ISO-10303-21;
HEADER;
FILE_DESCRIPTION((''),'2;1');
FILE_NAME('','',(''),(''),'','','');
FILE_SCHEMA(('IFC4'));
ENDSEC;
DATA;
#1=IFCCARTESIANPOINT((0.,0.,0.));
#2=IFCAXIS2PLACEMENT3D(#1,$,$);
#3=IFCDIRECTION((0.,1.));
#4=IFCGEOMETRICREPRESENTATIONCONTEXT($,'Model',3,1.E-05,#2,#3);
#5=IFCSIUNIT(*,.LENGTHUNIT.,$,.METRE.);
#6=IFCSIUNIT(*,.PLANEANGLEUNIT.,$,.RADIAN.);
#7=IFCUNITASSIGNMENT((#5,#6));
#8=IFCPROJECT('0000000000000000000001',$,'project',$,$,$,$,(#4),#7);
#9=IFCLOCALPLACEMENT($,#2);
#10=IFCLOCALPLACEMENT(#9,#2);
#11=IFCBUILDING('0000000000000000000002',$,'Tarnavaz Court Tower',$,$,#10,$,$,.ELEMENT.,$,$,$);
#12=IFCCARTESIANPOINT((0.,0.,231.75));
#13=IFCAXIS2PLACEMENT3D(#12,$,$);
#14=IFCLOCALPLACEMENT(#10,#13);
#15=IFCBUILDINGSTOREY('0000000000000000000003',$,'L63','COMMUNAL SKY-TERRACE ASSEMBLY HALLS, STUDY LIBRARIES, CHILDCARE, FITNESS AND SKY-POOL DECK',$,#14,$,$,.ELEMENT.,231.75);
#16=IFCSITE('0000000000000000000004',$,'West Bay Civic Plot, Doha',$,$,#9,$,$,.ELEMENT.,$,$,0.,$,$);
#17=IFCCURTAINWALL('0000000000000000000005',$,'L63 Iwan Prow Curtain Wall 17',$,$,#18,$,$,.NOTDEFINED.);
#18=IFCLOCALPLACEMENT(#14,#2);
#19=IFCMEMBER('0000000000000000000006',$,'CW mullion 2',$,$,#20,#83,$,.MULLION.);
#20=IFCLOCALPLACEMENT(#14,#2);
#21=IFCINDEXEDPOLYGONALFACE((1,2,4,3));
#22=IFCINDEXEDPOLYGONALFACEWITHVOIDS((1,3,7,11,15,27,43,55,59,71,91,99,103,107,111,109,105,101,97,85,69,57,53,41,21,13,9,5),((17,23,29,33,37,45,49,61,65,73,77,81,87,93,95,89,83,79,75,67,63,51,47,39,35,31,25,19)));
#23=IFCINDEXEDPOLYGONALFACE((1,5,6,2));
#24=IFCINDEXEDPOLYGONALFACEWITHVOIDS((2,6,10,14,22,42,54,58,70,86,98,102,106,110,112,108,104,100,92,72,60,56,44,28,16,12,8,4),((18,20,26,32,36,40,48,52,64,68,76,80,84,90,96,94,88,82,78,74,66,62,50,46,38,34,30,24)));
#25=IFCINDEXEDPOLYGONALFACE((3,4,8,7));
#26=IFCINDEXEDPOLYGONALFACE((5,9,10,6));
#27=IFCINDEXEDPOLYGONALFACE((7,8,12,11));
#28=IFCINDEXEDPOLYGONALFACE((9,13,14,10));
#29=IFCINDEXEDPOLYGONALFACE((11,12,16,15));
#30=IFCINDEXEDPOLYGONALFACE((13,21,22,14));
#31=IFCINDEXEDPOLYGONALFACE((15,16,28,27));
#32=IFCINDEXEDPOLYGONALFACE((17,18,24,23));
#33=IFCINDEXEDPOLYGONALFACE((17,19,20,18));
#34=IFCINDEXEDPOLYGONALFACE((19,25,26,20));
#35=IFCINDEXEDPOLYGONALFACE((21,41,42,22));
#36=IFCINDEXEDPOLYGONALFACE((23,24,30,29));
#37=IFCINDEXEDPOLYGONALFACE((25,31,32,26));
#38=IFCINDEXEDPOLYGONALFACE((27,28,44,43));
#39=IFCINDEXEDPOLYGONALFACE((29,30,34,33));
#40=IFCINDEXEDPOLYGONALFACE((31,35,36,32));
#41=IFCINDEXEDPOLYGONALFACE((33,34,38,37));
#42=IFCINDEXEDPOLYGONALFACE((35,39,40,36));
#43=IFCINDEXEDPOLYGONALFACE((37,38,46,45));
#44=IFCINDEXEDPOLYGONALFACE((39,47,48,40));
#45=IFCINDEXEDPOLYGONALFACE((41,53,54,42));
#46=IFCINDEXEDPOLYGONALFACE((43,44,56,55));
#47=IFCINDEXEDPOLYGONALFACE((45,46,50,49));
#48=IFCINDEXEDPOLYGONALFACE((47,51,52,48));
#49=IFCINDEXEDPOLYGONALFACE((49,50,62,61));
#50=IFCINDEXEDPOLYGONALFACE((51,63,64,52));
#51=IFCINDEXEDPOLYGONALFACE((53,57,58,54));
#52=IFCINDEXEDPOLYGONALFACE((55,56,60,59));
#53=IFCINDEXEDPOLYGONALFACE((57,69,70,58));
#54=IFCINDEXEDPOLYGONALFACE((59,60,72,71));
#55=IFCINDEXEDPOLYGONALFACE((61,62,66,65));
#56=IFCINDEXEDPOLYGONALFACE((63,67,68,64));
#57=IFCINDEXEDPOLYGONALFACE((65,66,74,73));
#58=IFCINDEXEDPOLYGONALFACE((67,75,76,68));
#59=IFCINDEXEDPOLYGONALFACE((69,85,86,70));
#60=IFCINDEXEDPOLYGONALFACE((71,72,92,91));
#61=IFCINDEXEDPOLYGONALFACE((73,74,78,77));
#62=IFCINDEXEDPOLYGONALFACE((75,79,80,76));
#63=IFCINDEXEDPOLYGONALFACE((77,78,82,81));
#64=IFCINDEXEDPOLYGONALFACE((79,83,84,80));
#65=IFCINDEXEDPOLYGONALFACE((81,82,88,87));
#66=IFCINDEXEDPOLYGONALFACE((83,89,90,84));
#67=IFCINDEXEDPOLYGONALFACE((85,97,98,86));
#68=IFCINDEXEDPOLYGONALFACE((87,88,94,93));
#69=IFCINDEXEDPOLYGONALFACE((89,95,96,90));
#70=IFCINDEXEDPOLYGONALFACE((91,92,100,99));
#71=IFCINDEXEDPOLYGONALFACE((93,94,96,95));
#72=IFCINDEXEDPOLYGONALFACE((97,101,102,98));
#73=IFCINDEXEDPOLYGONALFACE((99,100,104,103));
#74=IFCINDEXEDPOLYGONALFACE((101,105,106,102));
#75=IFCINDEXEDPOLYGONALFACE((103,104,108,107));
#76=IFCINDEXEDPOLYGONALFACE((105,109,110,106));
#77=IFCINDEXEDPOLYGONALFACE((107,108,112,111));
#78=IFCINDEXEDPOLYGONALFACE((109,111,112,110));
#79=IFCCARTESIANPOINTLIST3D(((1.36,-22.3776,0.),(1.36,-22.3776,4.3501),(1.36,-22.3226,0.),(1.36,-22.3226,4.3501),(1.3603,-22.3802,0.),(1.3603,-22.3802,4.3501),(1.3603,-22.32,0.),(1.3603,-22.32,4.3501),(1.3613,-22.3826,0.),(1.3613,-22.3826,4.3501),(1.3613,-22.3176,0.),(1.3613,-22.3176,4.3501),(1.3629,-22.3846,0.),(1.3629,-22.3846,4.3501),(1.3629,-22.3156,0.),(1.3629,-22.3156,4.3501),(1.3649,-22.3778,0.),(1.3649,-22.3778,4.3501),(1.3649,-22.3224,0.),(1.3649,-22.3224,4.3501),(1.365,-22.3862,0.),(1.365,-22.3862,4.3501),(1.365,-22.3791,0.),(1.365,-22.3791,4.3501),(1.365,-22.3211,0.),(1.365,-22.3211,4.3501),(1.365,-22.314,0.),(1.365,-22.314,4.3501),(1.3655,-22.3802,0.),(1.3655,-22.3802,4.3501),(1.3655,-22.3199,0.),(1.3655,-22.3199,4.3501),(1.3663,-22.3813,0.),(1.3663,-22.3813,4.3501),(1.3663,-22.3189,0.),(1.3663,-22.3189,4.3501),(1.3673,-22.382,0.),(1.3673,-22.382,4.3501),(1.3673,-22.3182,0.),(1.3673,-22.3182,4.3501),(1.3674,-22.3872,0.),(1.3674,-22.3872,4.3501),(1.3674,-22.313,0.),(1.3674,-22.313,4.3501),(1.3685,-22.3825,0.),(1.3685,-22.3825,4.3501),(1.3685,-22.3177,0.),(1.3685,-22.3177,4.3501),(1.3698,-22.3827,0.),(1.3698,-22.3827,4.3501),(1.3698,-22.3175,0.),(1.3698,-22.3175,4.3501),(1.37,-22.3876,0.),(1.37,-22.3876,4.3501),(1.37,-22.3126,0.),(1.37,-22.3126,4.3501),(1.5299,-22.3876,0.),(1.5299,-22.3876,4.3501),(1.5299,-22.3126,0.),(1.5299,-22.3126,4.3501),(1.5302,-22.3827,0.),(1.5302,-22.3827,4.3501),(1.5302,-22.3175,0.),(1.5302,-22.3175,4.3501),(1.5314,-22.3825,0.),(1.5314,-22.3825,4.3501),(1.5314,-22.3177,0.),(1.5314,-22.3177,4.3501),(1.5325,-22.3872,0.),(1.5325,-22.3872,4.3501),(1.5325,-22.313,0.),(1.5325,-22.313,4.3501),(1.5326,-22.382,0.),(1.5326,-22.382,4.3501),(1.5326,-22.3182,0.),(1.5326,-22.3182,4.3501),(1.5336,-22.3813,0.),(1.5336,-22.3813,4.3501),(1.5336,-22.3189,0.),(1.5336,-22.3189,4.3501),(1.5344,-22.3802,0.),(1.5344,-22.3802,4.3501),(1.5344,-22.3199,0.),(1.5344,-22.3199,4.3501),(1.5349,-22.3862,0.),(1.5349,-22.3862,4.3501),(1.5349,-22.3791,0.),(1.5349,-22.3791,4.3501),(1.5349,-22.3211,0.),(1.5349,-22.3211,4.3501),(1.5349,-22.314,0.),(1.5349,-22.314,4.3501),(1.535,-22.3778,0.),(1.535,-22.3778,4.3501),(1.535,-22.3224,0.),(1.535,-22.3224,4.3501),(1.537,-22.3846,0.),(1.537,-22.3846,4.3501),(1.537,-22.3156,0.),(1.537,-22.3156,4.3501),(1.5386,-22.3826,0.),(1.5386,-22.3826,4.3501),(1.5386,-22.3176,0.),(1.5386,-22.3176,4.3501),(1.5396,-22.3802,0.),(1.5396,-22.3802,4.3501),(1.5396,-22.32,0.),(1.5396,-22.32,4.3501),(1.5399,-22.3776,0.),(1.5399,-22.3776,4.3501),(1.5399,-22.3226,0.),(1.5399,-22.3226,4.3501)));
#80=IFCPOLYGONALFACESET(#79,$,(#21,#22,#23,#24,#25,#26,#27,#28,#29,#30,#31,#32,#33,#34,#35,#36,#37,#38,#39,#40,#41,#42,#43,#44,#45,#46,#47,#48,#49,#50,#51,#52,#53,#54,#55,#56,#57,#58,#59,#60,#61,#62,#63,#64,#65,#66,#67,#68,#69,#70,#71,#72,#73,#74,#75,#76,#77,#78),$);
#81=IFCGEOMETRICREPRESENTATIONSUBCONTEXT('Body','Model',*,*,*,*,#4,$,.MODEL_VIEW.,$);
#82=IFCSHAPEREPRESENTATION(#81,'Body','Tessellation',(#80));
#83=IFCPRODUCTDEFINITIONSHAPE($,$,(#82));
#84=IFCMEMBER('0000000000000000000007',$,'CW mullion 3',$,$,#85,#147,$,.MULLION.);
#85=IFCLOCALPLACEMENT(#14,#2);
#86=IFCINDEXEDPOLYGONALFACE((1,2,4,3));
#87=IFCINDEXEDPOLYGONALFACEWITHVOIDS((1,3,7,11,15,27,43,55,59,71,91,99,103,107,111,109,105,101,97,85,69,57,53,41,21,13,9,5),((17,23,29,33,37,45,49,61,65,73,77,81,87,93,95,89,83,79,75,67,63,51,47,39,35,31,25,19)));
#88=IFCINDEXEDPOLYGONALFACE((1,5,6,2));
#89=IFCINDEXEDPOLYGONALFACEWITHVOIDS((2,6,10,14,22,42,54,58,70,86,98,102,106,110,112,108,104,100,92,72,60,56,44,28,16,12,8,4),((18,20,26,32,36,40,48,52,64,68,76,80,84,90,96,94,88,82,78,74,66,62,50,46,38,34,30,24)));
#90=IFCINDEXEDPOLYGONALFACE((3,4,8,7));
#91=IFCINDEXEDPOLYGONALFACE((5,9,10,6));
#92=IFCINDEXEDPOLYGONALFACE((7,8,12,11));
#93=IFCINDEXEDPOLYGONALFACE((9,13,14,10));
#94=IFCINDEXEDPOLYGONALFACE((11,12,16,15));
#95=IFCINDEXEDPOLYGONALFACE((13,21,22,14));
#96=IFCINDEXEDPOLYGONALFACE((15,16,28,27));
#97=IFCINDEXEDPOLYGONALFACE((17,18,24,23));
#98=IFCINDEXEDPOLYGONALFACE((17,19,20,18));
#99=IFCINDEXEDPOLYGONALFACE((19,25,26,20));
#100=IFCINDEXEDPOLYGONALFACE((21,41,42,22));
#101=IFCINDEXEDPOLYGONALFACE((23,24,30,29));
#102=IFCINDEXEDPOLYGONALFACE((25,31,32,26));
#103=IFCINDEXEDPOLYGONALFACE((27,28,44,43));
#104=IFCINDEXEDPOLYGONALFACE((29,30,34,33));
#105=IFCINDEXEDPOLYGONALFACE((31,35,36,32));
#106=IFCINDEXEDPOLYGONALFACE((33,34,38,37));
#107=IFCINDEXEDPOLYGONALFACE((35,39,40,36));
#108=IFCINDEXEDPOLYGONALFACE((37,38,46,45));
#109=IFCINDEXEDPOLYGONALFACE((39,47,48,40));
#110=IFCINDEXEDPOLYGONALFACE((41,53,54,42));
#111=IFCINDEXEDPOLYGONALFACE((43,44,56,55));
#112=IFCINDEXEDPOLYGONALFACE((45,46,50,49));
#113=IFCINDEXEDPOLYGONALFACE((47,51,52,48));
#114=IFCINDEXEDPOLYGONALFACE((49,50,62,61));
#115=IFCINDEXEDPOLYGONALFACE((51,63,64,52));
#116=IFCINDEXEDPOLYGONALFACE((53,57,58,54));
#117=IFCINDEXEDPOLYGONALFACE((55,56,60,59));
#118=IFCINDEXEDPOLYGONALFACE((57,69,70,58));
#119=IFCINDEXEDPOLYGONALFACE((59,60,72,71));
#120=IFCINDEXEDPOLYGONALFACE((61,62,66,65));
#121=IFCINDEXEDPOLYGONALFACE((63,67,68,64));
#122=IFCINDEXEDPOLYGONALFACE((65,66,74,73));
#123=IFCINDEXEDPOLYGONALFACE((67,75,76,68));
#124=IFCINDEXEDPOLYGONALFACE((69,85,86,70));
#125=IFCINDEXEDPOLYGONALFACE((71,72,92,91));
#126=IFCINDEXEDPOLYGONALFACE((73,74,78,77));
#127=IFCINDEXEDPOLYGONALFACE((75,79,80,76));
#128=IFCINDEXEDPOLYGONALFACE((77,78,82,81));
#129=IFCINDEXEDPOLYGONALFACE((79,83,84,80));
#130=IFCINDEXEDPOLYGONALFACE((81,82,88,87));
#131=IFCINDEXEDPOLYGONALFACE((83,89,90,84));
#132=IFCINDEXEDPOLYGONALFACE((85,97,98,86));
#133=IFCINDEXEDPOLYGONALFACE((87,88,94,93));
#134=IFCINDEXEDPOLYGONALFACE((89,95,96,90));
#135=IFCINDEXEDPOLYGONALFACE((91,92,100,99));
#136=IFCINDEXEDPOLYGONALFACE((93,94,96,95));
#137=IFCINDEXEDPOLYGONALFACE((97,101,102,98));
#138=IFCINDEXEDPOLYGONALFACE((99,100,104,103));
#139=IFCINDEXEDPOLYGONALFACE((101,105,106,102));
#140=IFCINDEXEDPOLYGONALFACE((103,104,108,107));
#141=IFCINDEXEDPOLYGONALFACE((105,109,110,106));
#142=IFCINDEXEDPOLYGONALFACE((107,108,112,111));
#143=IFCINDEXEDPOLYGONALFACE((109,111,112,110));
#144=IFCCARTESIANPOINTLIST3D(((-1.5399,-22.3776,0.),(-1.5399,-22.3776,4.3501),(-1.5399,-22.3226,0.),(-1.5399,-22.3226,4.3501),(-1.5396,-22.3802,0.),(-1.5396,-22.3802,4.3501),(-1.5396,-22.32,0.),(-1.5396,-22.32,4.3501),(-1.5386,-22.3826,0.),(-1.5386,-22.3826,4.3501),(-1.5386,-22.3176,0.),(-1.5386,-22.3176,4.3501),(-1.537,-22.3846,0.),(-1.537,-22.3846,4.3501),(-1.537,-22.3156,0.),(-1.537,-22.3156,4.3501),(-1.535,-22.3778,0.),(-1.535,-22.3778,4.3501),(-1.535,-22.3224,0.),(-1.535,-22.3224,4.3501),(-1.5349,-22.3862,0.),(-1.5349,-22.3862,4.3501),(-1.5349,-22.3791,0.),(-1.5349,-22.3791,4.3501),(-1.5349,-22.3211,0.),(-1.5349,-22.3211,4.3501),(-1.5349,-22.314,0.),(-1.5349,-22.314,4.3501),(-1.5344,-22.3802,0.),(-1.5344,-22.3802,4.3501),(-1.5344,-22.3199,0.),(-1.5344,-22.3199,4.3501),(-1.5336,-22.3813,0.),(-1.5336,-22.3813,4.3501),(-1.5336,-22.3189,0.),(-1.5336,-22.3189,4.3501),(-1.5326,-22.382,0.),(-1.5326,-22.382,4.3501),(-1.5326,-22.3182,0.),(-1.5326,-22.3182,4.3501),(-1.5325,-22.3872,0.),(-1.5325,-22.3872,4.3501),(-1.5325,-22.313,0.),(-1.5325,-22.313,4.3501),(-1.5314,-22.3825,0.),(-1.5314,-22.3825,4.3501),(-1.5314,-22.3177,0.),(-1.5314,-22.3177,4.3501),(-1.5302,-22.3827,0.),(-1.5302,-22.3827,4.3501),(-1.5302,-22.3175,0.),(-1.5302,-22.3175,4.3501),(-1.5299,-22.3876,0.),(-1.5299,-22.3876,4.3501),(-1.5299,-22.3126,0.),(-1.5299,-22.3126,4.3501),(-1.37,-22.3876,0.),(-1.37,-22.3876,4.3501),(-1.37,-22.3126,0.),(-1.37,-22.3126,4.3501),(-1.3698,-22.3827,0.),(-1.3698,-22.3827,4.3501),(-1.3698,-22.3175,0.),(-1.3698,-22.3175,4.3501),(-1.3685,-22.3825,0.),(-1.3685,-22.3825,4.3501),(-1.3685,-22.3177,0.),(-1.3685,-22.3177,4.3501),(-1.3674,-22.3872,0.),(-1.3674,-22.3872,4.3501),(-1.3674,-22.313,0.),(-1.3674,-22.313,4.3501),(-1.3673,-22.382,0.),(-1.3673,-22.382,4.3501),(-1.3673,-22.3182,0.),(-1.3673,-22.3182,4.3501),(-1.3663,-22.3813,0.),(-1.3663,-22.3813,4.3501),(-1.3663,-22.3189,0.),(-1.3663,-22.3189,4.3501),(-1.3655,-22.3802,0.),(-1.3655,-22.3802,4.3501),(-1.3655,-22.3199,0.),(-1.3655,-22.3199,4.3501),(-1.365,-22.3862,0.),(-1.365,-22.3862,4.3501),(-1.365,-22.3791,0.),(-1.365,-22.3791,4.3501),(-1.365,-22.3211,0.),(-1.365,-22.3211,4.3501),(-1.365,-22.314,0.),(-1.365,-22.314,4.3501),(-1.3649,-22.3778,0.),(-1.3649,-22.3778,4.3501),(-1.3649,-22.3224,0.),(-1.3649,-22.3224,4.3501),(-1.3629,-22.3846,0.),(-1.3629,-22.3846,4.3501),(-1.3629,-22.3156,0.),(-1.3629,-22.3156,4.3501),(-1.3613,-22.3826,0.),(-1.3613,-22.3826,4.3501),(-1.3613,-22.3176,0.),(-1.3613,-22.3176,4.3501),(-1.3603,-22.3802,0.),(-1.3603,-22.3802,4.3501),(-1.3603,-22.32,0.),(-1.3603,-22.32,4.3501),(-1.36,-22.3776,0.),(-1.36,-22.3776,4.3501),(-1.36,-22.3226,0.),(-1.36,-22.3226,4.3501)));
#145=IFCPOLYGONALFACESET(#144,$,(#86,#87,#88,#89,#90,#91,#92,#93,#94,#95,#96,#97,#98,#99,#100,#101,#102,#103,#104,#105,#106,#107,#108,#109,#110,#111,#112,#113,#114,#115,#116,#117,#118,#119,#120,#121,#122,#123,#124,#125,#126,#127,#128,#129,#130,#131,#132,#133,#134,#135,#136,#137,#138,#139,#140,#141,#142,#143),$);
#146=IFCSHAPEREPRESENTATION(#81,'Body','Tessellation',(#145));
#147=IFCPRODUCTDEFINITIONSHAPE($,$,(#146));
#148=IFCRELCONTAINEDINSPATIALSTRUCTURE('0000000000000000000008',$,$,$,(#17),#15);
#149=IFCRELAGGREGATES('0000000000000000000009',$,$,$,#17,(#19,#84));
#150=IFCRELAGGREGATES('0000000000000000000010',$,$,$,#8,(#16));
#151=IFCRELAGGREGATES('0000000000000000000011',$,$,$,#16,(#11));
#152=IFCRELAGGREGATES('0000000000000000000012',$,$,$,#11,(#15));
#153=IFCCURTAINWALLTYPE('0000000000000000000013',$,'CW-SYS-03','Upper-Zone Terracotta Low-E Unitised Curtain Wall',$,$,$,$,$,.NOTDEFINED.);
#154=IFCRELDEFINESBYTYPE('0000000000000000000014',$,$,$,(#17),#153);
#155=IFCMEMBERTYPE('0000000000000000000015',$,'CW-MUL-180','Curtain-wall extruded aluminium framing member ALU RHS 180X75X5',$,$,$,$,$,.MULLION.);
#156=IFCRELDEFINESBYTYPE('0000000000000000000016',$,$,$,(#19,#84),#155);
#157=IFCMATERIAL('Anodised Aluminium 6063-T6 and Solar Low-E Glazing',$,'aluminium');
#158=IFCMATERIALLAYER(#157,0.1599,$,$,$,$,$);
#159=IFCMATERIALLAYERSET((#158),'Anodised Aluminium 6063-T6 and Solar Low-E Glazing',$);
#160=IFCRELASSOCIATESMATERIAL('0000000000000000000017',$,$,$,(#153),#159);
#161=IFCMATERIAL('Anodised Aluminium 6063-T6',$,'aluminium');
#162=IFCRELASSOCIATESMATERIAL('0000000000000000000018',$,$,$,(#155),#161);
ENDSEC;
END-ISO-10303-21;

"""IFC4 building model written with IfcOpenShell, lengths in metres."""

from ifc_helpers import new_model, si_unit, direction, frame, origin, origin_2d, place, context, subcontext, project, spatial, hollow_rectangle, extrude, material, layer, layer_set, material_profile, profile_set, type_object, element, aggregate, save


model = new_model("IFC4")

# Units and contexts
model_context = context("Model", 3, precision=1e-05, world=origin(), true_north=direction((0.0, 1.0)))
body_context = subcontext(model_context, "Body", "Model", "MODEL_VIEW")
ifc_project = project(units=[si_unit("LENGTHUNIT", "METRE"), si_unit("PLANEANGLEUNIT", "RADIAN")], contexts=[model_context])

# Site, building, storey
site_placement = place(None, origin())
site = spatial("IfcSite", under=ifc_project, at=site_placement, Name="West Bay Civic Plot, Doha", CompositionType="ELEMENT", RefElevation=0.0)
building_placement = place(site_placement, origin())
building = spatial("IfcBuilding", under=site, at=building_placement, Name="Tarnavaz Court Tower", CompositionType="ELEMENT")
storey_placement = place(building_placement, frame((0.0, 0.0, 231.75)))
storey = spatial("IfcBuildingStorey", under=building, at=storey_placement, Name="L63", Description="COMMUNAL SKY-TERRACE ASSEMBLY HALLS, STUDY LIBRARIES, CHILDCARE, FITNESS AND SKY-POOL DECK", CompositionType="ELEMENT", Elevation=231.75)

# Curtain wall, members
ifc_material_1 = material(Name="Anodised Aluminium 6063-T6 and Solar Low-E Glazing", Category="aluminium")
ifc_layer_1 = layer(ifc_material_1, 0.1599)
ifc_layer_set_1 = layer_set([ifc_layer_1], Name="Anodised Aluminium 6063-T6 and Solar Low-E Glazing")
curtain_wall_type_1 = type_object("IfcCurtainWallType", Name="CW-SYS-03", Description="Upper-Zone Terracotta Low-E Unitised Curtain Wall", PredefinedType="NOTDEFINED", material=ifc_layer_set_1)
curtain_wall_1_placement = place(storey_placement, origin())
curtain_wall_1 = element("IfcCurtainWall", 1, at=curtain_wall_1_placement, inside=storey, type_object=curtain_wall_type_1, Name="L63 Iwan Prow Curtain Wall 17", PredefinedType="NOTDEFINED")
ifc_material_2 = material(Name="Anodised Aluminium 6063-T6", Category="aluminium")
ifc_material_profile_1 = material_profile(ifc_material_2, hollow_rectangle(XDim=0.075, YDim=0.1799, WallThickness=0.0049, InnerFilletRadius=0.0049, OuterFilletRadius=0.01, at=origin_2d()), Name="ALU RHS 180X75X5")
ifc_profile_set_1 = profile_set([ifc_material_profile_1], Name="Anodised Aluminium 6063-T6")
member_type_1 = type_object("IfcMemberType", Name="CW-MUL-180", Description="Curtain-wall extruded aluminium framing member ALU RHS 180X75X5", PredefinedType="MULLION", material=ifc_profile_set_1)
member_1_placement = place(storey_placement, frame((1.45, -22.3501, 0.0), z_axis=(0.0, 0.0, 1.0), x_axis=(0.0, -1.0, 0.0)))
member_1 = element("IfcMember", 2, at=member_1_placement, type_object=member_type_1, Name="CW mullion 2", PredefinedType="MULLION", context=body_context, shape_type="SweptSolid", body=[
    extrude(hollow_rectangle(XDim=0.075, YDim=0.1799, WallThickness=0.0049, InnerFilletRadius=0.0049, OuterFilletRadius=0.01, at=origin_2d()), origin(), (0.0, 0.0, 1.0), 4.3501),
])
member_2_placement = place(storey_placement, frame((-1.45, -22.3501, 0.0), z_axis=(0.0, 0.0, 1.0), x_axis=(0.0, -1.0, 0.0)))
member_2 = element("IfcMember", 3, at=member_2_placement, type_object=member_type_1, Name="CW mullion 3", PredefinedType="MULLION", context=body_context, shape_type="SweptSolid", body=[
    extrude(hollow_rectangle(XDim=0.075, YDim=0.1799, WallThickness=0.0049, InnerFilletRadius=0.0049, OuterFilletRadius=0.01, at=origin_2d()), origin(), (0.0, 0.0, 1.0), 4.3501),
])

aggregate(curtain_wall_1, [member_1, member_2])

save(model, "model.ifc")
